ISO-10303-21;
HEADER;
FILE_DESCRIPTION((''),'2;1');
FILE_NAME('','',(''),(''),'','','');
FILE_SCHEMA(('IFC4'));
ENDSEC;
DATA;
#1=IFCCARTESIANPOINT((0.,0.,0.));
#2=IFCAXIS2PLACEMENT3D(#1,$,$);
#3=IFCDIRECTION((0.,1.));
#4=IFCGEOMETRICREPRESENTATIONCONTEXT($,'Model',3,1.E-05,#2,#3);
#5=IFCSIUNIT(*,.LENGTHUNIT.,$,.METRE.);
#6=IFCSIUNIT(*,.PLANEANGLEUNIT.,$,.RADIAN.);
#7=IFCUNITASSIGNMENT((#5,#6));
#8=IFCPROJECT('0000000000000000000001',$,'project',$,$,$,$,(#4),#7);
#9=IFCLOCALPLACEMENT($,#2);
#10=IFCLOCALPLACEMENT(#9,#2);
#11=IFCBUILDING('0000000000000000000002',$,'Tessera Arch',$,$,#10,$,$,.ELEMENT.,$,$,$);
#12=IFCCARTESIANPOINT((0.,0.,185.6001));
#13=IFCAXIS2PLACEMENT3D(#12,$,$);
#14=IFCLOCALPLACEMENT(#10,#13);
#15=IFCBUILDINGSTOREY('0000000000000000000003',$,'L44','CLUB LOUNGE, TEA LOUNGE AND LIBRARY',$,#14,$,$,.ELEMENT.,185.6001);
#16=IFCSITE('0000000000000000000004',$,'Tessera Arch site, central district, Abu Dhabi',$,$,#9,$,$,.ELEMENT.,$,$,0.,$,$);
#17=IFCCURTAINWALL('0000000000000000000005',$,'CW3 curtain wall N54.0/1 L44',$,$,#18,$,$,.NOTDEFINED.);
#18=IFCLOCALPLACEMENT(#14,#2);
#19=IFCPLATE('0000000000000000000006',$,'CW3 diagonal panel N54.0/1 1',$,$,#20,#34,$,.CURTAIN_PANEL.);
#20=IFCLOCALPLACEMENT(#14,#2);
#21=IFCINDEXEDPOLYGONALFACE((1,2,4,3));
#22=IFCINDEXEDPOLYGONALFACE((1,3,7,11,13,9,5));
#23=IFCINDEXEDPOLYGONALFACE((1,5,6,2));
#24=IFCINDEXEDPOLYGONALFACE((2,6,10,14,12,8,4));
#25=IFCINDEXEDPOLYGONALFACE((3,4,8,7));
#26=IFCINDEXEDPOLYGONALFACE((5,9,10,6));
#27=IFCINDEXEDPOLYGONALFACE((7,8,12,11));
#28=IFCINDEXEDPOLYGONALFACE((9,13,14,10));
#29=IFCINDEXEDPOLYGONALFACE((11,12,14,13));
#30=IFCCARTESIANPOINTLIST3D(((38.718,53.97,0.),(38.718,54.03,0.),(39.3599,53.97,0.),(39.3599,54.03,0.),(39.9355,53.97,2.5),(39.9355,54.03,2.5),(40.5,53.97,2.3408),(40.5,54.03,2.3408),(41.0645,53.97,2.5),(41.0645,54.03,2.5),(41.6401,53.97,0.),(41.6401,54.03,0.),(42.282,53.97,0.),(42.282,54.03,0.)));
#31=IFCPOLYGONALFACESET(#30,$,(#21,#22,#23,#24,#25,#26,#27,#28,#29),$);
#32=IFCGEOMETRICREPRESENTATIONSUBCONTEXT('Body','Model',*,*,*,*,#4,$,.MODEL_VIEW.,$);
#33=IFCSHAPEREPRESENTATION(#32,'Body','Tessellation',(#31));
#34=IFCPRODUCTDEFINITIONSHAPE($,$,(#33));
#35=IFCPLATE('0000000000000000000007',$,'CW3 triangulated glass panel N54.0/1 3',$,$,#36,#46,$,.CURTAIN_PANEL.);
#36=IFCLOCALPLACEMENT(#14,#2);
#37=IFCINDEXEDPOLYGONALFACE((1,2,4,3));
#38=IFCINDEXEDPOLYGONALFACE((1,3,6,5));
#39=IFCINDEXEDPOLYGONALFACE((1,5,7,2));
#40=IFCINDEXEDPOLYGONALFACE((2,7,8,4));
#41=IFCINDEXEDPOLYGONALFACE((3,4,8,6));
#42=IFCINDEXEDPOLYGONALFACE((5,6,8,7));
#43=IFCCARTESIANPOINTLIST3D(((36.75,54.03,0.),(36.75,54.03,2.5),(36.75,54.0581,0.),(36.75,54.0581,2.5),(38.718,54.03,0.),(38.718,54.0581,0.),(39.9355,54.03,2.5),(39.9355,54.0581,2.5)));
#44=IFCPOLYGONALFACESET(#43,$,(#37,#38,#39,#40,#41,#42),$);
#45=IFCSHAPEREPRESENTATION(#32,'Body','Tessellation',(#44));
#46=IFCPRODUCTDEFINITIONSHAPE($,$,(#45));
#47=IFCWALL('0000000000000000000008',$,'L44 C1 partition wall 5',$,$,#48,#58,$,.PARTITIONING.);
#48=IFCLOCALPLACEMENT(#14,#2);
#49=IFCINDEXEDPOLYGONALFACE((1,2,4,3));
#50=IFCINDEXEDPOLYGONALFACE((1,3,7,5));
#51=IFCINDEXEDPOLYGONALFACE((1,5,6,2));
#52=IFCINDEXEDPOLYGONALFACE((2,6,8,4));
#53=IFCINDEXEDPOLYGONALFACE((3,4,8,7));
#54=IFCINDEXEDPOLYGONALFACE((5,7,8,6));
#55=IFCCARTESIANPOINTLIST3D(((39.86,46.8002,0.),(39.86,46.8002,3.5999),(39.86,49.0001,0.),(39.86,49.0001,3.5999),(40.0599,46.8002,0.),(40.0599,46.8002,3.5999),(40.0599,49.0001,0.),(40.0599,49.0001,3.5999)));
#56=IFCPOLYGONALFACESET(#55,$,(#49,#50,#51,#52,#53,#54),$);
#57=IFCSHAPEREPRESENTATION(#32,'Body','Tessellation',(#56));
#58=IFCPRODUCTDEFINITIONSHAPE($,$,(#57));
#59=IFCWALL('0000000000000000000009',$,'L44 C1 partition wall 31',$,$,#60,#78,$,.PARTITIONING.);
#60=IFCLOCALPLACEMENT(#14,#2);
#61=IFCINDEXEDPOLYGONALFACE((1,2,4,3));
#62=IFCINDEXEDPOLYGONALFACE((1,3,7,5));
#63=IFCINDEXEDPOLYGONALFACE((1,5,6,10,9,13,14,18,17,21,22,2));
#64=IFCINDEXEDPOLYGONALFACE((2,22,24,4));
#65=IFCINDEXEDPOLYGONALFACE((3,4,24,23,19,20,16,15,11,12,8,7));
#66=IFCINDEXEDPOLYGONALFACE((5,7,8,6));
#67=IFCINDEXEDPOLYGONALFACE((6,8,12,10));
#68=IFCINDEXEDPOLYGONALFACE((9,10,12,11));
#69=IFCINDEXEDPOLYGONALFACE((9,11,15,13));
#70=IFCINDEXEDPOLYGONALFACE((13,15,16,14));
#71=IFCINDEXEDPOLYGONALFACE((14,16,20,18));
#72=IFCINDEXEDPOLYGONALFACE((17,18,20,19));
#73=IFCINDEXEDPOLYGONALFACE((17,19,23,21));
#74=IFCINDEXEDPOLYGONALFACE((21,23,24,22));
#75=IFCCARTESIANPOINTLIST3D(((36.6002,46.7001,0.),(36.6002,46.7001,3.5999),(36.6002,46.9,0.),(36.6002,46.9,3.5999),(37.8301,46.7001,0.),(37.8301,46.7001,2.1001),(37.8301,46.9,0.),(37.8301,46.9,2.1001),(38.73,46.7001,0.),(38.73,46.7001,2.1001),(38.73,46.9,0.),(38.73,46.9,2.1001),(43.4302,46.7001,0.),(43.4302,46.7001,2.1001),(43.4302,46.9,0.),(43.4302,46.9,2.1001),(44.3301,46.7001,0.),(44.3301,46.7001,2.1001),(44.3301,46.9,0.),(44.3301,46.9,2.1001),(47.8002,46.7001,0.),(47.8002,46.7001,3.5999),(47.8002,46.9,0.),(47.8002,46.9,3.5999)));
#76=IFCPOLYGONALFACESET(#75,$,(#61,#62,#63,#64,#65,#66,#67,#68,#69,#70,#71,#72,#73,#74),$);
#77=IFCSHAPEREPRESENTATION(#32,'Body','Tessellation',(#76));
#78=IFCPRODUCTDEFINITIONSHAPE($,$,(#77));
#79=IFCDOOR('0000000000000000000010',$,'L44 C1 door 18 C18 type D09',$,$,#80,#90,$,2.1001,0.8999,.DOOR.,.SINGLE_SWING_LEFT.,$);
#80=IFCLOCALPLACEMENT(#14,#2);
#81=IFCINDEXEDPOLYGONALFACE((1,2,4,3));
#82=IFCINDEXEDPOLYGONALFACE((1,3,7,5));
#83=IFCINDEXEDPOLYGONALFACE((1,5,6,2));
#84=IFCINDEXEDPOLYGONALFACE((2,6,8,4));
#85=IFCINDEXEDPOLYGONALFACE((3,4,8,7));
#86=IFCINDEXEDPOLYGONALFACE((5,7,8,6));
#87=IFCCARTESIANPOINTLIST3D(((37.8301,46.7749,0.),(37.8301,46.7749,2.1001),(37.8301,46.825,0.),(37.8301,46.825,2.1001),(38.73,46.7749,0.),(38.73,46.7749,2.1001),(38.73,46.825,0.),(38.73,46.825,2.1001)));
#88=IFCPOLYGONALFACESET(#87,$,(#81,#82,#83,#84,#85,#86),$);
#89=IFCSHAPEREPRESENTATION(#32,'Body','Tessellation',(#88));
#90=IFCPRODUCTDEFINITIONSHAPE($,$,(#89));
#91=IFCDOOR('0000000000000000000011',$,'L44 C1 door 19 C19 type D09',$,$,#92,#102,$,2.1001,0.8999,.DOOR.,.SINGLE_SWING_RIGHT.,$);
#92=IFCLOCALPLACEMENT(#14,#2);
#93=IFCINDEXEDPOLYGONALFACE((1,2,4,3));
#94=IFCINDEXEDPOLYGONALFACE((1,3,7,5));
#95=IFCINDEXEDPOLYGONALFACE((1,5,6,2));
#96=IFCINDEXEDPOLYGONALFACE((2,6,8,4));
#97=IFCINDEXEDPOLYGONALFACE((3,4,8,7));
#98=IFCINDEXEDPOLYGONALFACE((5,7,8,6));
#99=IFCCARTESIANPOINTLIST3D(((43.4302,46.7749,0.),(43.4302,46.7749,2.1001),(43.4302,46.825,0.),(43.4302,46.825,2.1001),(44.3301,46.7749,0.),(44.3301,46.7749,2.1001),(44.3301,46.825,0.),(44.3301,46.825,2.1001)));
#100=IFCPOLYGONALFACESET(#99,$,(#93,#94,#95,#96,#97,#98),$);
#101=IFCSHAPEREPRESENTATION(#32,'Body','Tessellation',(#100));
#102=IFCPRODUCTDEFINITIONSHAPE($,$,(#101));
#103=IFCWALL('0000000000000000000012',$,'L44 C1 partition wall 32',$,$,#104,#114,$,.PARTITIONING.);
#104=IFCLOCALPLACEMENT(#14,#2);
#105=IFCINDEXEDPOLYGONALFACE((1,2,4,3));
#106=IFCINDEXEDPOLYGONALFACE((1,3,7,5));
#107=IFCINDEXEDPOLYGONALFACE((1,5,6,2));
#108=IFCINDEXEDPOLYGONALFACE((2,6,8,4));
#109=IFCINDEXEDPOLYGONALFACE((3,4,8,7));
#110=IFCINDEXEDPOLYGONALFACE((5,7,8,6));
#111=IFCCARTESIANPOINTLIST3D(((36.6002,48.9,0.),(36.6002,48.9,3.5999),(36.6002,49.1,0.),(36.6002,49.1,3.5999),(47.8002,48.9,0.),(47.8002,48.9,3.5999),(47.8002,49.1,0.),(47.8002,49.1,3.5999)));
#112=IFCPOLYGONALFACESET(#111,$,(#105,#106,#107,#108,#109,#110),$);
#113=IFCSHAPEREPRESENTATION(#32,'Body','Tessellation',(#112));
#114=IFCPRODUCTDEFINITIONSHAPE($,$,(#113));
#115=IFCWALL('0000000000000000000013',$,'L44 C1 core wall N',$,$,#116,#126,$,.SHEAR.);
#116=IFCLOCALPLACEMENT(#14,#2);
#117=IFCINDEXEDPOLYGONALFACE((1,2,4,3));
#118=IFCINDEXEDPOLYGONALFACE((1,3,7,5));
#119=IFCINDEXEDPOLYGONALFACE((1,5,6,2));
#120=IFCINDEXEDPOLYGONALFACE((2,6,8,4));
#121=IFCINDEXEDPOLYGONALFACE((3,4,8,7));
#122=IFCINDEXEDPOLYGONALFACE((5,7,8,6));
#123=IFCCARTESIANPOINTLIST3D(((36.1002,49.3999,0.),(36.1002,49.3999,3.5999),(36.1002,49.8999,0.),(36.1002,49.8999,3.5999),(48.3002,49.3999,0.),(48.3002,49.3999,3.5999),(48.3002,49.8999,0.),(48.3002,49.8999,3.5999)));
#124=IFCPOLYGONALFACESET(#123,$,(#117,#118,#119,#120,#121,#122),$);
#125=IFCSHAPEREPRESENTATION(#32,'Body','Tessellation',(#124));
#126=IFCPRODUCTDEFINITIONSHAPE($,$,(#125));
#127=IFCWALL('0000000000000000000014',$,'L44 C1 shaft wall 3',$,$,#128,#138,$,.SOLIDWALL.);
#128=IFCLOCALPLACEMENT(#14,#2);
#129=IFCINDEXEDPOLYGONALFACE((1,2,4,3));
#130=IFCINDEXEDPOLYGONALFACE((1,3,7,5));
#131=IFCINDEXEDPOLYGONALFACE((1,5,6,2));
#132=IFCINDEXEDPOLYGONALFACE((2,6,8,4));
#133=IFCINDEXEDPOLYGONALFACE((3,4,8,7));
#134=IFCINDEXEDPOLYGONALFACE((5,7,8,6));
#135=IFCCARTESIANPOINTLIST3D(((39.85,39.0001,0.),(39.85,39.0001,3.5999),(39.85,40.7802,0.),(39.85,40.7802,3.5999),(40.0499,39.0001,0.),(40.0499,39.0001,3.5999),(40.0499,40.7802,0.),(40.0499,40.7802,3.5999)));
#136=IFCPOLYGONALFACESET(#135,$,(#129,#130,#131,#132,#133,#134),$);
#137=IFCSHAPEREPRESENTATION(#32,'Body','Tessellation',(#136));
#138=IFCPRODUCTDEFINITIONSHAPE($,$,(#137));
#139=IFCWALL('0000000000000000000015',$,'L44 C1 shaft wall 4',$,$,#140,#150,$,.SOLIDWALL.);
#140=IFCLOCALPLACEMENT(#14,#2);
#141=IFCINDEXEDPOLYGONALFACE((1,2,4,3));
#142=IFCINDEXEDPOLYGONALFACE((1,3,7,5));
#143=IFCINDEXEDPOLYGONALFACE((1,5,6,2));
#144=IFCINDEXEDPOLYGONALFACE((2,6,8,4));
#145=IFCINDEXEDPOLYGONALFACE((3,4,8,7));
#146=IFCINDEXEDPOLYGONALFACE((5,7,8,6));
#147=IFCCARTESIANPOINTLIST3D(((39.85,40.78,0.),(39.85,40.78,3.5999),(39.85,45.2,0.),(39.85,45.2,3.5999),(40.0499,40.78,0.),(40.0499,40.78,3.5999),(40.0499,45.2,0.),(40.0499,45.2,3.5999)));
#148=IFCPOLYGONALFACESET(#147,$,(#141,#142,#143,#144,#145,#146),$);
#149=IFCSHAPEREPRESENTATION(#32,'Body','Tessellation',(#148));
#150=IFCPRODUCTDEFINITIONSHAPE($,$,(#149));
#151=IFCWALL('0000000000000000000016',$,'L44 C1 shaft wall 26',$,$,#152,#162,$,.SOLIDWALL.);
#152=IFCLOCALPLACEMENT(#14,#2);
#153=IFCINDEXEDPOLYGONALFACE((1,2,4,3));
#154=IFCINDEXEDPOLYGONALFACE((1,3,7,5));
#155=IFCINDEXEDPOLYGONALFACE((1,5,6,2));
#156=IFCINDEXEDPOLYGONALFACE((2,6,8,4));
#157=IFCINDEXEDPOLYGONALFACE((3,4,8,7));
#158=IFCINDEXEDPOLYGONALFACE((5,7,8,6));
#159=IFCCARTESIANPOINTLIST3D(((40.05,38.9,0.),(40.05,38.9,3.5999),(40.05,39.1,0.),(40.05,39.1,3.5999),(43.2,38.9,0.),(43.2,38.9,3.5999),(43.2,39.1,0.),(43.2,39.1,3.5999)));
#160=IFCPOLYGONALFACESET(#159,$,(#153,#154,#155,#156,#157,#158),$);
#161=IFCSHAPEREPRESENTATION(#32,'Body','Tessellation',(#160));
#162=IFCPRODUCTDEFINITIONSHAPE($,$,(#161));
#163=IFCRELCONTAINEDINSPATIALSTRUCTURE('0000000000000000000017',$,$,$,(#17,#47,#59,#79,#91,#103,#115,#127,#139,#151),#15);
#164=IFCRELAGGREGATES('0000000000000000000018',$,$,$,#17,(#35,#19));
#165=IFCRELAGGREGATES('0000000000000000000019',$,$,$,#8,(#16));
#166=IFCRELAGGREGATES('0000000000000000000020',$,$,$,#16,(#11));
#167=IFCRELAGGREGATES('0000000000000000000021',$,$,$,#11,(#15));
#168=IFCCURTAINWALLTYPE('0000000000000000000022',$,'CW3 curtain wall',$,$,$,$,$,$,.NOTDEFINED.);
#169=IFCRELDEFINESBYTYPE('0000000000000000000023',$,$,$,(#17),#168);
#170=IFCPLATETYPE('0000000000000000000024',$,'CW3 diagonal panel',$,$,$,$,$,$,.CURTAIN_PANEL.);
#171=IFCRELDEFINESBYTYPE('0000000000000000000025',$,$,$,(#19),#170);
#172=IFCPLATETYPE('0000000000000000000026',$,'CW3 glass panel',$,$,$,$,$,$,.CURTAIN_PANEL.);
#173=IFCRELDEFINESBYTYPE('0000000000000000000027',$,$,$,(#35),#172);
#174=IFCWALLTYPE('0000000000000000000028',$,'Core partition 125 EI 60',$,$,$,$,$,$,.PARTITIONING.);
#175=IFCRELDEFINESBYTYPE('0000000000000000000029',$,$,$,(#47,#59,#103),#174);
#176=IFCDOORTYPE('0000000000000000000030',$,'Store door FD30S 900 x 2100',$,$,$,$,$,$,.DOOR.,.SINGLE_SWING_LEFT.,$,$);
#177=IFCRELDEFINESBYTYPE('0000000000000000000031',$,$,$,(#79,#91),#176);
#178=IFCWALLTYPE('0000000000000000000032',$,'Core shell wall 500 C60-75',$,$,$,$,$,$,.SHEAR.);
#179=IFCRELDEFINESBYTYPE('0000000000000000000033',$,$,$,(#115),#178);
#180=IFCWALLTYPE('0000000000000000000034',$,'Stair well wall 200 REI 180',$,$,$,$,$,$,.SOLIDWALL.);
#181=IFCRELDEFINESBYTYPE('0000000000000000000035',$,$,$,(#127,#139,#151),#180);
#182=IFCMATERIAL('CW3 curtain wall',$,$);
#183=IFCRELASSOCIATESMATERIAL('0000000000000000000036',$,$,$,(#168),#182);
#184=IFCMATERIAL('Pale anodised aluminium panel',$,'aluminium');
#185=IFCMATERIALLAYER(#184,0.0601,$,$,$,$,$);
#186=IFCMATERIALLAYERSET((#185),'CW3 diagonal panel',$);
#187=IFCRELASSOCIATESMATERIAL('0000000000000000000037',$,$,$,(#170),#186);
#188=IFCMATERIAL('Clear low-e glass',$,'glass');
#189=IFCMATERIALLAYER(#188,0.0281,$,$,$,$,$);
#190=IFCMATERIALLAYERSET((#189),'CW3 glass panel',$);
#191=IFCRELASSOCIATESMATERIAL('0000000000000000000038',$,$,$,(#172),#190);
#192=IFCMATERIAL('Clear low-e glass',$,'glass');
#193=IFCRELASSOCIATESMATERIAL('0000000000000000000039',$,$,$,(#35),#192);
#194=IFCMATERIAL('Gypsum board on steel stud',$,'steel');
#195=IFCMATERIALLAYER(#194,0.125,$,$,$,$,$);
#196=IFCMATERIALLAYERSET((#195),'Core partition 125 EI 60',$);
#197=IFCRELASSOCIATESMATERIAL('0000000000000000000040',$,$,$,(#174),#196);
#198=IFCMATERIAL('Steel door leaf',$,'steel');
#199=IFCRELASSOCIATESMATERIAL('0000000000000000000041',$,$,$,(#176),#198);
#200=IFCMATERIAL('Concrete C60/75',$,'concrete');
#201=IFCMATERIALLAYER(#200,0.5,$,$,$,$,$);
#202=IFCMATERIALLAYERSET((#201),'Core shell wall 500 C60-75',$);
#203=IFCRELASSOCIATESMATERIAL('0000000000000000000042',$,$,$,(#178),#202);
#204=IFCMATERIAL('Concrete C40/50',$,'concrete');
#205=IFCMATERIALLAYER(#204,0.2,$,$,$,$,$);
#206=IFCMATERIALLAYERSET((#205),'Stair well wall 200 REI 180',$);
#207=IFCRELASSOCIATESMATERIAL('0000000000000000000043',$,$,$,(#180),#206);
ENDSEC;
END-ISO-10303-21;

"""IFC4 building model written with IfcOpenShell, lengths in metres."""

from ifc_helpers import new_model, si_unit, direction, frame, frame_2d, origin, place, context, subcontext, project, spatial, polyline, rectangle, outline, extrude, material, layer, layer_set, type_object, element, fill, aggregate, save


model = new_model("IFC4")

# Units and contexts
model_context = context("Model", 3, precision=1e-05, world=origin(), true_north=direction((0.0, 1.0)))
body_context = subcontext(model_context, "Body", "Model", "MODEL_VIEW")
ifc_project = project(units=[si_unit("LENGTHUNIT", "METRE"), si_unit("PLANEANGLEUNIT", "RADIAN")], contexts=[model_context])

# Site, building, storey
site_placement = place(None, origin())
site = spatial("IfcSite", under=ifc_project, at=site_placement, Name="Tessera Arch site, central district, Abu Dhabi", CompositionType="ELEMENT", RefElevation=0.0)
building_placement = place(site_placement, origin())
building = spatial("IfcBuilding", under=site, at=building_placement, Name="Tessera Arch", CompositionType="ELEMENT")
storey_placement = place(building_placement, frame((0.0, 0.0, 185.6001)))
storey = spatial("IfcBuildingStorey", under=building, at=storey_placement, Name="L44", Description="CLUB LOUNGE, TEA LOUNGE AND LIBRARY", CompositionType="ELEMENT", Elevation=185.6001)

# Curtain wall, plates
ifc_material_1 = material(Name="CW3 curtain wall")
curtain_wall_type = type_object("IfcCurtainWallType", Name="CW3 curtain wall", PredefinedType="NOTDEFINED", material=ifc_material_1)
curtain_wall_placement = place(storey_placement, origin())
curtain_wall = element("IfcCurtainWall", 1, at=curtain_wall_placement, inside=storey, type_object=curtain_wall_type, Name="CW3 curtain wall N54.0/1 L44", PredefinedType="NOTDEFINED")
ifc_material_2 = material(Name="Pale anodised aluminium panel", Category="aluminium")
ifc_layer_1 = layer(ifc_material_2, 0.0601)
ifc_layer_set_1 = layer_set([ifc_layer_1], Name="CW3 diagonal panel")
plate_type_1 = type_object("IfcPlateType", Name="CW3 diagonal panel", PredefinedType="CURTAIN_PANEL", material=ifc_layer_set_1)
plate_1_placement = place(storey_placement, frame((39.9355, 54.03, 2.5), z_axis=(0.0, 1.0, 0.0), x_axis=(1.0, 0.0, 0.0)))
plate_1 = element("IfcPlate", 2, at=plate_1_placement, type_object=plate_type_1, Name="CW3 diagonal panel N54.0/1 1", PredefinedType="CURTAIN_PANEL", context=body_context, shape_type="SweptSolid", body=[
    extrude(outline(polyline([(0.0, 0.0), (1.1289, 0.0), (2.3464, 2.5), (1.7046, 2.5), (0.5645, 0.1592), (-0.5757, 2.5), (-1.2175, 2.5), (0.0, 0.0)])), origin(), (0.0, 0.0, -1.0), 0.0601),
])
ifc_material_3 = material(Name="Clear low-e glass", Category="glass")
ifc_material_4 = material(Name="Clear low-e glass", Category="glass")
ifc_layer_2 = layer(ifc_material_4, 0.0281)
ifc_layer_set_2 = layer_set([ifc_layer_2], Name="CW3 glass panel")
plate_type_2 = type_object("IfcPlateType", Name="CW3 glass panel", PredefinedType="CURTAIN_PANEL", material=ifc_layer_set_2)
plate_2_placement = place(storey_placement, frame((36.75, 54.0581, 2.5), z_axis=(0.0, 1.0, 0.0), x_axis=(1.0, 0.0, 0.0)))
plate_2 = element("IfcPlate", 3, at=plate_2_placement, type_object=plate_type_2, material=ifc_material_3, Name="CW3 triangulated glass panel N54.0/1 3", PredefinedType="CURTAIN_PANEL", context=body_context, shape_type="SweptSolid", body=[
    extrude(outline(polyline([(0.0, 0.0), (3.1855, 0.0), (1.968, 2.5), (0.0, 2.5), (0.0, 0.0)])), origin(), (0.0, 0.0, -1.0), 0.0281),
])

# Wall
ifc_material_5 = material(Name="Gypsum board on steel stud", Category="steel")
ifc_layer_3 = layer(ifc_material_5, 0.125)
ifc_layer_set_3 = layer_set([ifc_layer_3], Name="Core partition 125 EI 60")
wall_type_1 = type_object("IfcWallType", Name="Core partition 125 EI 60", PredefinedType="PARTITIONING", material=ifc_layer_set_3)
wall_1_placement = place(storey_placement, frame((39.96, 46.8, 0.0), z_axis=(0.0, 0.0, 1.0), x_axis=(0.0, 1.0, 0.0)))
element("IfcWall", 4, at=wall_1_placement, inside=storey, type_object=wall_type_1, Name="L44 C1 partition wall 5", PredefinedType="PARTITIONING", context=body_context, shape_type="SweptSolid", body=[
    extrude(rectangle(XDim=2.2, YDim=0.2, at=frame_2d((1.1001, 0.0))), origin(), (0.0, 0.0, 1.0), 3.5999),
])

# Wall, openings, doors
wall_2_placement = place(storey_placement, frame((36.6001, 46.8, 0.0), z_axis=(0.0, 0.0, 1.0), x_axis=(1.0, 0.0, 0.0)))
wall_2 = element("IfcWall", 5, at=wall_2_placement, inside=storey, type_object=wall_type_1, Name="L44 C1 partition wall 31", PredefinedType="PARTITIONING", context=body_context, shape_type="SweptSolid", body=[
    extrude(rectangle(XDim=11.2, YDim=0.2, at=frame_2d((5.6001, 0.0))), origin(), (0.0, 0.0, 1.0), 3.5999),
])
opening_1_placement = place(wall_2_placement, frame((1.23, 0.0, 0.0)))
opening_1 = element("IfcOpeningElement", 6, at=opening_1_placement, cuts=wall_2, PredefinedType="OPENING", context=body_context, shape_type="SweptSolid", body=[
    extrude(rectangle(XDim=0.8999, YDim=2.1001, at=frame_2d((0.45, 1.05))), frame((0.0, 0.1099, 0.0), z_axis=(0.0, -1.0, 0.0), x_axis=(1.0, 0.0, 0.0)), (0.0, 0.0, 1.0), 0.22),
])
opening_2_placement = place(wall_2_placement, frame((6.8301, 0.0, 0.0)))
opening_2 = element("IfcOpeningElement", 7, at=opening_2_placement, cuts=wall_2, PredefinedType="OPENING", context=body_context, shape_type="SweptSolid", body=[
    extrude(rectangle(XDim=0.8999, YDim=2.1001, at=frame_2d((0.45, 1.05))), frame((0.0, 0.1099, 0.0), z_axis=(0.0, -1.0, 0.0), x_axis=(1.0, 0.0, 0.0)), (0.0, 0.0, 1.0), 0.22),
])
ifc_material_6 = material(Name="Steel door leaf", Category="steel")
door_type_1 = type_object("IfcDoorType", Name="Store door FD30S 900 x 2100", OperationType="SINGLE_SWING_LEFT", PredefinedType="DOOR", material=ifc_material_6)
door_1_placement = place(opening_1_placement, origin())
door_1 = element("IfcDoor", 8, at=door_1_placement, inside=storey, type_object=door_type_1, Name="L44 C1 door 18 C18 type D09", OperationType="SINGLE_SWING_LEFT", OverallHeight=2.1001, OverallWidth=0.8999, PredefinedType="DOOR", context=body_context, shape_type="SweptSolid", body=[
    extrude(rectangle(XDim=0.8999, YDim=2.1001, at=frame_2d((0.45, 1.05))), frame((0.0, 0.0249, 0.0), z_axis=(0.0, -1.0, 0.0), x_axis=(1.0, 0.0, 0.0)), (0.0, 0.0, 1.0), 0.05),
])
fill(opening_1, door_1)
door_2_placement = place(opening_2_placement, origin())
door_2 = element("IfcDoor", 9, at=door_2_placement, inside=storey, type_object=door_type_1, Name="L44 C1 door 19 C19 type D09", OperationType="SINGLE_SWING_RIGHT", OverallHeight=2.1001, OverallWidth=0.8999, PredefinedType="DOOR", context=body_context, shape_type="SweptSolid", body=[
    extrude(rectangle(XDim=0.8999, YDim=2.1001, at=frame_2d((0.45, 1.05))), frame((0.0, 0.0249, 0.0), z_axis=(0.0, -1.0, 0.0), x_axis=(1.0, 0.0, 0.0)), (0.0, 0.0, 1.0), 0.05),
])
fill(opening_2, door_2)

# Walls
wall_3_placement = place(storey_placement, frame((36.6001, 49.0, 0.0), z_axis=(0.0, 0.0, 1.0), x_axis=(1.0, 0.0, 0.0)))
element("IfcWall", 10, at=wall_3_placement, inside=storey, type_object=wall_type_1, Name="L44 C1 partition wall 32", PredefinedType="PARTITIONING", context=body_context, shape_type="SweptSolid", body=[
    extrude(rectangle(XDim=11.2, YDim=0.2, at=frame_2d((5.6001, 0.0))), origin(), (0.0, 0.0, 1.0), 3.5999),
])
ifc_material_7 = material(Name="Concrete C60/75", Category="concrete")
ifc_layer_4 = layer(ifc_material_7, 0.5)
ifc_layer_set_4 = layer_set([ifc_layer_4], Name="Core shell wall 500 C60-75")
wall_type_2 = type_object("IfcWallType", Name="Core shell wall 500 C60-75", PredefinedType="SHEAR", material=ifc_layer_set_4)
wall_4_placement = place(storey_placement, frame((36.1001, 49.6499, 0.0), z_axis=(0.0, 0.0, 1.0), x_axis=(1.0, 0.0, 0.0)))
element("IfcWall", 11, at=wall_4_placement, inside=storey, type_object=wall_type_2, Name="L44 C1 core wall N", PredefinedType="SHEAR", context=body_context, shape_type="SweptSolid", body=[
    extrude(rectangle(XDim=12.2, YDim=0.5, at=frame_2d((6.1001, 0.0))), origin(), (0.0, 0.0, 1.0), 3.5999),
])
ifc_material_8 = material(Name="Concrete C40/50", Category="concrete")
ifc_layer_5 = layer(ifc_material_8, 0.2)
ifc_layer_set_5 = layer_set([ifc_layer_5], Name="Stair well wall 200 REI 180")
wall_type_3 = type_object("IfcWallType", Name="Stair well wall 200 REI 180", PredefinedType="SOLIDWALL", material=ifc_layer_set_5)
wall_5_placement = place(storey_placement, frame((39.95, 39.0, 0.0), z_axis=(0.0, 0.0, 1.0), x_axis=(0.0, 1.0, 0.0)))
element("IfcWall", 12, at=wall_5_placement, inside=storey, type_object=wall_type_3, Name="L44 C1 shaft wall 3", PredefinedType="SOLIDWALL", context=body_context, shape_type="SweptSolid", body=[
    extrude(rectangle(XDim=1.78, YDim=0.2, at=frame_2d((0.8901, 0.0))), origin(), (0.0, 0.0, 1.0), 3.5999),
])
wall_6_placement = place(storey_placement, frame((39.95, 40.78, 0.0), z_axis=(0.0, 0.0, 1.0), x_axis=(0.0, 1.0, 0.0)))
element("IfcWall", 13, at=wall_6_placement, inside=storey, type_object=wall_type_3, Name="L44 C1 shaft wall 4", PredefinedType="SOLIDWALL", context=body_context, shape_type="SweptSolid", body=[
    extrude(rectangle(XDim=4.4199, YDim=0.2, at=frame_2d((2.21, 0.0))), origin(), (0.0, 0.0, 1.0), 3.5999),
])
wall_7_placement = place(storey_placement, frame((40.05, 39.0, 0.0), z_axis=(0.0, 0.0, 1.0), x_axis=(1.0, 0.0, 0.0)))
element("IfcWall", 14, at=wall_7_placement, inside=storey, type_object=wall_type_3, Name="L44 C1 shaft wall 26", PredefinedType="SOLIDWALL", context=body_context, shape_type="SweptSolid", body=[
    extrude(rectangle(XDim=3.1499, YDim=0.2, at=frame_2d((1.575, 0.0))), origin(), (0.0, 0.0, 1.0), 3.5999),
])

aggregate(curtain_wall, [plate_2, plate_1])

save(model, "model.ifc")
